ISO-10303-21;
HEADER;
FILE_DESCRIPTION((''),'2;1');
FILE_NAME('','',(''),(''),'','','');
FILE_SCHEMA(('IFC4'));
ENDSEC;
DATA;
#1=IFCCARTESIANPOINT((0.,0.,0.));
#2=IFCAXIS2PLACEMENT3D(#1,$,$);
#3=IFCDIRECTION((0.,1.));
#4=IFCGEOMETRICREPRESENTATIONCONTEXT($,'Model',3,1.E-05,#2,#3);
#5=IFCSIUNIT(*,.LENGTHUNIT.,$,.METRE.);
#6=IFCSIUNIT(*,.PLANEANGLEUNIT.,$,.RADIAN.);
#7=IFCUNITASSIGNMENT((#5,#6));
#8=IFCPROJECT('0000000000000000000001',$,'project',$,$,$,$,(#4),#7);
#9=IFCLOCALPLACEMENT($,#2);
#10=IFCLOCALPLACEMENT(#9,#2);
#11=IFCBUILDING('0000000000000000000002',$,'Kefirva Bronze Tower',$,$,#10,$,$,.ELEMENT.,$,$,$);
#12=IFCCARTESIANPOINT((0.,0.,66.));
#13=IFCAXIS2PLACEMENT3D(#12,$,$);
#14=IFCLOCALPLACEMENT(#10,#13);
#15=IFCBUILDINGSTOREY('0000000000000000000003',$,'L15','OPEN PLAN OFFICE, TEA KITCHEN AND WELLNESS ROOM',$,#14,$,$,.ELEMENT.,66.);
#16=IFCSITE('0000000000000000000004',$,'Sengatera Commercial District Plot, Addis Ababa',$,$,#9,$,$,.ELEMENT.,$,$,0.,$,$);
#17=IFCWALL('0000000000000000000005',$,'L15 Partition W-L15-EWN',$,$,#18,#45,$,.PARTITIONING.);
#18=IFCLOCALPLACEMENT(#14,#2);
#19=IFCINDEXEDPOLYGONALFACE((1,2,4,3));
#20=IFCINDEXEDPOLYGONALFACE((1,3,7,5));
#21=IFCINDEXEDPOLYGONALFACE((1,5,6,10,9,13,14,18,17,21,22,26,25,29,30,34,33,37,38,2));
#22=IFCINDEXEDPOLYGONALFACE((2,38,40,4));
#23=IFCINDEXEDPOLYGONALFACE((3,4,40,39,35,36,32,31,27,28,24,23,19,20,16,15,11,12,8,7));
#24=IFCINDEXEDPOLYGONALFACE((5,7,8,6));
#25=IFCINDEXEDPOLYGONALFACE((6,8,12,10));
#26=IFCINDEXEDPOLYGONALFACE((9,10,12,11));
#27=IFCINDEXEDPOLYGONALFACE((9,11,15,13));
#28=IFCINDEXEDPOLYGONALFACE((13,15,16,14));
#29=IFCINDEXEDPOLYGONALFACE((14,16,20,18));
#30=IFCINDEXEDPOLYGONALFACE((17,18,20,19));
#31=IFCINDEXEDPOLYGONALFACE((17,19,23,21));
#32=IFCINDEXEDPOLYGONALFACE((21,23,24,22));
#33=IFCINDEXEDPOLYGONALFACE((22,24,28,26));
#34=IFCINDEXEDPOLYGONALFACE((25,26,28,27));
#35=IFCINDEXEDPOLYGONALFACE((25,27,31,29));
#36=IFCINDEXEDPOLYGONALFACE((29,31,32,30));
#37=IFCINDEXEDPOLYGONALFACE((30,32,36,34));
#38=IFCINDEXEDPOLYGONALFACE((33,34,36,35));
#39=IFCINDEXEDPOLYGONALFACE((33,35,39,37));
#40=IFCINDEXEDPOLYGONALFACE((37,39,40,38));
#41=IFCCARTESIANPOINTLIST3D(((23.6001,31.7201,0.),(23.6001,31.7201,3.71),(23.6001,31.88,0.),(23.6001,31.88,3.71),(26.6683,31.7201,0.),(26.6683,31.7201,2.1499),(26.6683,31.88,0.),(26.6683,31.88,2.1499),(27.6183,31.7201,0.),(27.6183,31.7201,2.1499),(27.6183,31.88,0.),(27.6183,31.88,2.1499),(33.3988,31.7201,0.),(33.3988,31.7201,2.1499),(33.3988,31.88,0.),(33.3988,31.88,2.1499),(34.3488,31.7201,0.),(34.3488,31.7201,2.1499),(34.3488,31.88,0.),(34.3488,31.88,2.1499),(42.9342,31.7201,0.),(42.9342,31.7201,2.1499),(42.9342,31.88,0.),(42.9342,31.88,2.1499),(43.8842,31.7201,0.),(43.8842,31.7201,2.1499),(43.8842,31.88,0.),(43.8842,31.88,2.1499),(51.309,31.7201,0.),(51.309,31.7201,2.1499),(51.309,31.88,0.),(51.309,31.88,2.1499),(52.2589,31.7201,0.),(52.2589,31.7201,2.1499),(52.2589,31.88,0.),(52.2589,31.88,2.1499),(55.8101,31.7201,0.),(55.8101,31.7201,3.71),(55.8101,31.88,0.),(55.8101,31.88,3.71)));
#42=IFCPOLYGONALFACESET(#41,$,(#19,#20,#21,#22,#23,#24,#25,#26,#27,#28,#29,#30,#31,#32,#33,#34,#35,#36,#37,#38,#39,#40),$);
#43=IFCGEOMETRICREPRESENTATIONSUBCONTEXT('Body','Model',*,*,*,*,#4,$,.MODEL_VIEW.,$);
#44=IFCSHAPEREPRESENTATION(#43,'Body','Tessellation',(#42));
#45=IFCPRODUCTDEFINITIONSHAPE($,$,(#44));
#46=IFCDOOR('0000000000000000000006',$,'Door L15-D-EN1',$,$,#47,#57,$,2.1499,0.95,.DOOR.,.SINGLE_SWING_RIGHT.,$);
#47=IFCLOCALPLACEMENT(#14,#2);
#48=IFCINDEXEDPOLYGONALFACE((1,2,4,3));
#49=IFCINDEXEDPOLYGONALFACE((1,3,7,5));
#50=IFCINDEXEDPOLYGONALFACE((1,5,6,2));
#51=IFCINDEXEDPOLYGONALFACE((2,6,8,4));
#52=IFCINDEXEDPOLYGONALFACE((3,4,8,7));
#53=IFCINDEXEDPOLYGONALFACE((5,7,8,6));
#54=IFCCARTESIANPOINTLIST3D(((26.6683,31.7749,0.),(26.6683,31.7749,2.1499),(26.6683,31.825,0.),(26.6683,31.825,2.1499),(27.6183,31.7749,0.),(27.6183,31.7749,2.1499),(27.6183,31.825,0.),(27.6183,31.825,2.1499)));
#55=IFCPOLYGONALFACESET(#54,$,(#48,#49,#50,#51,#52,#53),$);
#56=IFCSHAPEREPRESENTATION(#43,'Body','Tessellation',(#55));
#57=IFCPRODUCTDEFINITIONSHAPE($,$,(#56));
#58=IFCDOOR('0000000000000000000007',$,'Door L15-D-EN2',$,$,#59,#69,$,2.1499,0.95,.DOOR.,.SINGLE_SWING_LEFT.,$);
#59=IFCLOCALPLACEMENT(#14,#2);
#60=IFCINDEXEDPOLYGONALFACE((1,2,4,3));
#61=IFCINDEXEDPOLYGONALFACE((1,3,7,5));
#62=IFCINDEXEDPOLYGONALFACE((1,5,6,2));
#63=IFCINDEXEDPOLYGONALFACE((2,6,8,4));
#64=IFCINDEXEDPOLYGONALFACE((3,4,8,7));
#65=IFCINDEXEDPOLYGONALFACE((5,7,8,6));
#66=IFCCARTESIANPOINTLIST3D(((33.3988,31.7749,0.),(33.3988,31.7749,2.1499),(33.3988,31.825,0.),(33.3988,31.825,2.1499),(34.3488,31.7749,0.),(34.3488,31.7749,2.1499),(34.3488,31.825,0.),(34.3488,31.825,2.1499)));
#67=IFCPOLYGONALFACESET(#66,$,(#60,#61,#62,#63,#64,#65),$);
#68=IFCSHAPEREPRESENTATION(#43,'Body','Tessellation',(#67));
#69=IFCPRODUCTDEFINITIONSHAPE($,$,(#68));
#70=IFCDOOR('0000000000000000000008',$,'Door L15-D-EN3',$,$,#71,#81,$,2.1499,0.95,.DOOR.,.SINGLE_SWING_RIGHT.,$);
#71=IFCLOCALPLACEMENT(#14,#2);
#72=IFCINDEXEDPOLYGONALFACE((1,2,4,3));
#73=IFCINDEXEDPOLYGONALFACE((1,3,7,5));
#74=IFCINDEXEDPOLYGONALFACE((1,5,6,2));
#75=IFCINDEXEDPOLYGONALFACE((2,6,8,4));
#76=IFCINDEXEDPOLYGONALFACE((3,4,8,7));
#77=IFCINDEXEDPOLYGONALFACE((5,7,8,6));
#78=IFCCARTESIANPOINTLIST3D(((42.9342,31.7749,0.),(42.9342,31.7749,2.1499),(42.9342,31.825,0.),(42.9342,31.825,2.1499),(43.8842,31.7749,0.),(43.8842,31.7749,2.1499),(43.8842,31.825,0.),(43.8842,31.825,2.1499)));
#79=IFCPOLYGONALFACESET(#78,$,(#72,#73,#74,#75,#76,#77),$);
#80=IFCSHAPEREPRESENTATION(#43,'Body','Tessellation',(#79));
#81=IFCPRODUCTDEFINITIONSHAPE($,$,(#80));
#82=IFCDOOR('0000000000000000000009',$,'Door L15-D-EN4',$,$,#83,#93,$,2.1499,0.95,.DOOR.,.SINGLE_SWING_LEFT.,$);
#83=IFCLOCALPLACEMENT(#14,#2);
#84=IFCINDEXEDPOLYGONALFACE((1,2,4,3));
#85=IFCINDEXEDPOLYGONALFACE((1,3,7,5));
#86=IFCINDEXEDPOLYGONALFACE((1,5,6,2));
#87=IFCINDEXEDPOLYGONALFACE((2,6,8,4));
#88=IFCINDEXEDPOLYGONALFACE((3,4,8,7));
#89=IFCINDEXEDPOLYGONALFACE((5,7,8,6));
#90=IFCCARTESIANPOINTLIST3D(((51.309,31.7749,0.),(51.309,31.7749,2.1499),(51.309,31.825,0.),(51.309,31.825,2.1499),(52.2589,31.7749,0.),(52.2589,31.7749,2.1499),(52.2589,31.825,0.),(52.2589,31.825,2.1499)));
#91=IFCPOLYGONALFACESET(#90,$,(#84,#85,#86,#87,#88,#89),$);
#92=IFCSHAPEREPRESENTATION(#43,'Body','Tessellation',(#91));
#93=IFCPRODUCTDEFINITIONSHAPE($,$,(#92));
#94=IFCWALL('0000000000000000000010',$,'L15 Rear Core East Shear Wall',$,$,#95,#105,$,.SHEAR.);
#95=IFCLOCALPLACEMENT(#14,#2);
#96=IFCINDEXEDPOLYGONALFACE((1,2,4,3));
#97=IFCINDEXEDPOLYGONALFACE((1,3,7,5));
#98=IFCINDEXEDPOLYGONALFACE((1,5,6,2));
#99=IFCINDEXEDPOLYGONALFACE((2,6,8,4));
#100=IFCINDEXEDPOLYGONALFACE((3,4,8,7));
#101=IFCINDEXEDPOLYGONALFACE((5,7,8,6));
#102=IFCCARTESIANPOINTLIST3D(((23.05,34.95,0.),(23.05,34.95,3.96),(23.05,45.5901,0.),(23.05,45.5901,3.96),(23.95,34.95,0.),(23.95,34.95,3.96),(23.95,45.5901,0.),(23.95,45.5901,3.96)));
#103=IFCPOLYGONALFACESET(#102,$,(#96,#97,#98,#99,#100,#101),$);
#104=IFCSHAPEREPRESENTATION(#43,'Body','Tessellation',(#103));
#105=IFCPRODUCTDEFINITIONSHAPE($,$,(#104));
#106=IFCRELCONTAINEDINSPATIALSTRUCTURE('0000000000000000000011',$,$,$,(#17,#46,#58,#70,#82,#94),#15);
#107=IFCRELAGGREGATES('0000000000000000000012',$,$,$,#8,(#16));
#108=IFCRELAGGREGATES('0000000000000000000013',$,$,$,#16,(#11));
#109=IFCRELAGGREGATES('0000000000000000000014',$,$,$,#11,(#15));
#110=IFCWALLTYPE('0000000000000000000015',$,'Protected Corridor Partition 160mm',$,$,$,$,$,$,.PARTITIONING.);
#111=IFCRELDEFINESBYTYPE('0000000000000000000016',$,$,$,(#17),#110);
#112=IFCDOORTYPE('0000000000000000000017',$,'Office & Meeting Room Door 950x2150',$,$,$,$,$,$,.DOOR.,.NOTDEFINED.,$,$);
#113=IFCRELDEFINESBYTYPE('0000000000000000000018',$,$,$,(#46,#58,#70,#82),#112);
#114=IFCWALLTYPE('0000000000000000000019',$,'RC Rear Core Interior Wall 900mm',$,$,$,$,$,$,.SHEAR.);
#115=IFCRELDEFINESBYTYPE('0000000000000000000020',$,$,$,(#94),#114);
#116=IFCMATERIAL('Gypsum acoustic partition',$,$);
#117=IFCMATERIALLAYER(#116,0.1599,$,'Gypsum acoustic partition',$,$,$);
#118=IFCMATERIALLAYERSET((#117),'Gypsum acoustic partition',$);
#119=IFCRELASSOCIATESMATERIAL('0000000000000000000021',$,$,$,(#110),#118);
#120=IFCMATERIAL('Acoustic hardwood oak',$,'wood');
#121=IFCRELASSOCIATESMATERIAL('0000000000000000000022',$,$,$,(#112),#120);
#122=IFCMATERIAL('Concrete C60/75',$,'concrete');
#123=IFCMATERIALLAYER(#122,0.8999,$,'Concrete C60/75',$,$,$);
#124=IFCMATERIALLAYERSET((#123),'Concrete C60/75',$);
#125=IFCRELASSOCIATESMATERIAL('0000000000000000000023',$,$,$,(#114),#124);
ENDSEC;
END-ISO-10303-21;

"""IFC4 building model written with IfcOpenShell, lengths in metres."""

from ifc_helpers import new_model, si_unit, direction, frame, frame_2d, origin, place, context, subcontext, project, spatial, rectangle, extrude, material, layer, layer_set, type_object, element, fill, save


model = new_model("IFC4")

# Units and contexts
model_context = context("Model", 3, precision=1e-05, world=origin(), true_north=direction((0.0, 1.0)))
body_context = subcontext(model_context, "Body", "Model", "MODEL_VIEW")
ifc_project = project(units=[si_unit("LENGTHUNIT", "METRE"), si_unit("PLANEANGLEUNIT", "RADIAN")], contexts=[model_context])

# Site, building, storey
site_placement = place(None, origin())
site = spatial("IfcSite", under=ifc_project, at=site_placement, Name="Sengatera Commercial District Plot, Addis Ababa", CompositionType="ELEMENT", RefElevation=0.0)
building_placement = place(site_placement, origin())
building = spatial("IfcBuilding", under=site, at=building_placement, Name="Kefirva Bronze Tower", CompositionType="ELEMENT")
storey_placement = place(building_placement, frame((0.0, 0.0, 66.0)))
storey = spatial("IfcBuildingStorey", under=building, at=storey_placement, Name="L15", Description="OPEN PLAN OFFICE, TEA KITCHEN AND WELLNESS ROOM", CompositionType="ELEMENT", Elevation=66.0)

# Shared definitions
ifc_material_1 = material(Name="Concrete C60/75", Category="concrete")

# Shared definitions
ifc_material_2 = material(Name="Gypsum acoustic partition")

# Wall, openings, doors
ifc_layer_1 = layer(ifc_material_2, 0.1599, Name="Gypsum acoustic partition")
ifc_layer_set_1 = layer_set([ifc_layer_1], Name="Gypsum acoustic partition")
wall_type_1 = type_object("IfcWallType", Name="Protected Corridor Partition 160mm", PredefinedType="PARTITIONING", material=ifc_layer_set_1)
ifc_material_3 = material(Name="Acoustic hardwood oak", Category="wood")
door_type_1 = type_object("IfcDoorType", Name="Office & Meeting Room Door 950x2150", OperationType="NOTDEFINED", PredefinedType="DOOR", material=ifc_material_3)
wall_1_placement = place(storey_placement, frame((23.6001, 31.8, 0.0), z_axis=(0.0, 0.0, 1.0), x_axis=(1.0, 0.0, 0.0)))
wall_1 = element("IfcWall", 1, at=wall_1_placement, inside=storey, type_object=wall_type_1, Name="L15 Partition W-L15-EWN", PredefinedType="PARTITIONING", context=body_context, shape_type="SweptSolid", body=[
    extrude(rectangle(XDim=32.21, YDim=0.1599, at=frame_2d((16.105, 0.0))), origin(), (0.0, 0.0, 1.0), 3.71),
])
opening_1_placement = place(wall_1_placement, frame((3.0681, 0.0, 0.0)))
opening_1 = element("IfcOpeningElement", 2, at=opening_1_placement, cuts=wall_1, PredefinedType="OPENING", context=body_context, shape_type="SweptSolid", body=[
    extrude(rectangle(XDim=0.95, YDim=2.1499, at=frame_2d((0.4751, 1.075))), frame((0.0, 0.0898, 0.0), z_axis=(0.0, -1.0, 0.0), x_axis=(1.0, 0.0, 0.0)), (0.0, 0.0, 1.0), 0.1799),
])
opening_2_placement = place(wall_1_placement, frame((9.7986, 0.0, 0.0)))
opening_2 = element("IfcOpeningElement", 3, at=opening_2_placement, cuts=wall_1, PredefinedType="OPENING", context=body_context, shape_type="SweptSolid", body=[
    extrude(rectangle(XDim=0.95, YDim=2.1499, at=frame_2d((0.4751, 1.075))), frame((0.0, 0.0898, 0.0), z_axis=(0.0, -1.0, 0.0), x_axis=(1.0, 0.0, 0.0)), (0.0, 0.0, 1.0), 0.1799),
])
opening_3_placement = place(wall_1_placement, frame((19.334, 0.0, 0.0)))
opening_3 = element("IfcOpeningElement", 4, at=opening_3_placement, cuts=wall_1, PredefinedType="OPENING", context=body_context, shape_type="SweptSolid", body=[
    extrude(rectangle(XDim=0.95, YDim=2.1499, at=frame_2d((0.4751, 1.075))), frame((0.0, 0.0898, 0.0), z_axis=(0.0, -1.0, 0.0), x_axis=(1.0, 0.0, 0.0)), (0.0, 0.0, 1.0), 0.1799),
])
opening_4_placement = place(wall_1_placement, frame((27.7087, 0.0, 0.0)))
opening_4 = element("IfcOpeningElement", 5, at=opening_4_placement, cuts=wall_1, PredefinedType="OPENING", context=body_context, shape_type="SweptSolid", body=[
    extrude(rectangle(XDim=0.95, YDim=2.1499, at=frame_2d((0.4751, 1.075))), frame((0.0, 0.0898, 0.0), z_axis=(0.0, -1.0, 0.0), x_axis=(1.0, 0.0, 0.0)), (0.0, 0.0, 1.0), 0.1799),
])
door_1_placement = place(opening_1_placement, origin())
door_1 = element("IfcDoor", 6, at=door_1_placement, inside=storey, type_object=door_type_1, Name="Door L15-D-EN1", OperationType="SINGLE_SWING_RIGHT", OverallHeight=2.1499, OverallWidth=0.95, PredefinedType="DOOR", context=body_context, shape_type="SweptSolid", body=[
    extrude(rectangle(XDim=0.95, YDim=2.1499, at=frame_2d((0.4751, 1.075))), frame((0.0, 0.0249, 0.0), z_axis=(0.0, -1.0, 0.0), x_axis=(1.0, 0.0, 0.0)), (0.0, 0.0, 1.0), 0.05),
])
fill(opening_1, door_1)
door_2_placement = place(opening_2_placement, origin())
door_2 = element("IfcDoor", 7, at=door_2_placement, inside=storey, type_object=door_type_1, Name="Door L15-D-EN2", OperationType="SINGLE_SWING_LEFT", OverallHeight=2.1499, OverallWidth=0.95, PredefinedType="DOOR", context=body_context, shape_type="SweptSolid", body=[
    extrude(rectangle(XDim=0.95, YDim=2.1499, at=frame_2d((0.4751, 1.075))), frame((0.0, 0.0249, 0.0), z_axis=(0.0, -1.0, 0.0), x_axis=(1.0, 0.0, 0.0)), (0.0, 0.0, 1.0), 0.05),
])
fill(opening_2, door_2)
door_3_placement = place(opening_3_placement, origin())
door_3 = element("IfcDoor", 8, at=door_3_placement, inside=storey, type_object=door_type_1, Name="Door L15-D-EN3", OperationType="SINGLE_SWING_RIGHT", OverallHeight=2.1499, OverallWidth=0.95, PredefinedType="DOOR", context=body_context, shape_type="SweptSolid", body=[
    extrude(rectangle(XDim=0.95, YDim=2.1499, at=frame_2d((0.4751, 1.075))), frame((0.0, 0.0249, 0.0), z_axis=(0.0, -1.0, 0.0), x_axis=(1.0, 0.0, 0.0)), (0.0, 0.0, 1.0), 0.05),
])
fill(opening_3, door_3)
door_4_placement = place(opening_4_placement, origin())
door_4 = element("IfcDoor", 9, at=door_4_placement, inside=storey, type_object=door_type_1, Name="Door L15-D-EN4", OperationType="SINGLE_SWING_LEFT", OverallHeight=2.1499, OverallWidth=0.95, PredefinedType="DOOR", context=body_context, shape_type="SweptSolid", body=[
    extrude(rectangle(XDim=0.95, YDim=2.1499, at=frame_2d((0.4751, 1.075))), frame((0.0, 0.0249, 0.0), z_axis=(0.0, -1.0, 0.0), x_axis=(1.0, 0.0, 0.0)), (0.0, 0.0, 1.0), 0.05),
])
fill(opening_4, door_4)

# Wall
ifc_layer_2 = layer(ifc_material_1, 0.8999, Name="Concrete C60/75")
ifc_layer_set_2 = layer_set([ifc_layer_2], Name="Concrete C60/75")
wall_type_2 = type_object("IfcWallType", Name="RC Rear Core Interior Wall 900mm", PredefinedType="SHEAR", material=ifc_layer_set_2)
wall_2_placement = place(storey_placement, frame((23.5, 34.95, 0.0), z_axis=(0.0, 0.0, 1.0), x_axis=(0.0, 1.0, 0.0)))
element("IfcWall", 10, at=wall_2_placement, inside=storey, type_object=wall_type_2, Name="L15 Rear Core East Shear Wall", PredefinedType="SHEAR", context=body_context, shape_type="SweptSolid", body=[
    extrude(rectangle(XDim=10.6401, YDim=0.8999, at=frame_2d((5.3201, 0.0))), origin(), (0.0, 0.0, 1.0), 3.96),
])

save(model, "model.ifc")
